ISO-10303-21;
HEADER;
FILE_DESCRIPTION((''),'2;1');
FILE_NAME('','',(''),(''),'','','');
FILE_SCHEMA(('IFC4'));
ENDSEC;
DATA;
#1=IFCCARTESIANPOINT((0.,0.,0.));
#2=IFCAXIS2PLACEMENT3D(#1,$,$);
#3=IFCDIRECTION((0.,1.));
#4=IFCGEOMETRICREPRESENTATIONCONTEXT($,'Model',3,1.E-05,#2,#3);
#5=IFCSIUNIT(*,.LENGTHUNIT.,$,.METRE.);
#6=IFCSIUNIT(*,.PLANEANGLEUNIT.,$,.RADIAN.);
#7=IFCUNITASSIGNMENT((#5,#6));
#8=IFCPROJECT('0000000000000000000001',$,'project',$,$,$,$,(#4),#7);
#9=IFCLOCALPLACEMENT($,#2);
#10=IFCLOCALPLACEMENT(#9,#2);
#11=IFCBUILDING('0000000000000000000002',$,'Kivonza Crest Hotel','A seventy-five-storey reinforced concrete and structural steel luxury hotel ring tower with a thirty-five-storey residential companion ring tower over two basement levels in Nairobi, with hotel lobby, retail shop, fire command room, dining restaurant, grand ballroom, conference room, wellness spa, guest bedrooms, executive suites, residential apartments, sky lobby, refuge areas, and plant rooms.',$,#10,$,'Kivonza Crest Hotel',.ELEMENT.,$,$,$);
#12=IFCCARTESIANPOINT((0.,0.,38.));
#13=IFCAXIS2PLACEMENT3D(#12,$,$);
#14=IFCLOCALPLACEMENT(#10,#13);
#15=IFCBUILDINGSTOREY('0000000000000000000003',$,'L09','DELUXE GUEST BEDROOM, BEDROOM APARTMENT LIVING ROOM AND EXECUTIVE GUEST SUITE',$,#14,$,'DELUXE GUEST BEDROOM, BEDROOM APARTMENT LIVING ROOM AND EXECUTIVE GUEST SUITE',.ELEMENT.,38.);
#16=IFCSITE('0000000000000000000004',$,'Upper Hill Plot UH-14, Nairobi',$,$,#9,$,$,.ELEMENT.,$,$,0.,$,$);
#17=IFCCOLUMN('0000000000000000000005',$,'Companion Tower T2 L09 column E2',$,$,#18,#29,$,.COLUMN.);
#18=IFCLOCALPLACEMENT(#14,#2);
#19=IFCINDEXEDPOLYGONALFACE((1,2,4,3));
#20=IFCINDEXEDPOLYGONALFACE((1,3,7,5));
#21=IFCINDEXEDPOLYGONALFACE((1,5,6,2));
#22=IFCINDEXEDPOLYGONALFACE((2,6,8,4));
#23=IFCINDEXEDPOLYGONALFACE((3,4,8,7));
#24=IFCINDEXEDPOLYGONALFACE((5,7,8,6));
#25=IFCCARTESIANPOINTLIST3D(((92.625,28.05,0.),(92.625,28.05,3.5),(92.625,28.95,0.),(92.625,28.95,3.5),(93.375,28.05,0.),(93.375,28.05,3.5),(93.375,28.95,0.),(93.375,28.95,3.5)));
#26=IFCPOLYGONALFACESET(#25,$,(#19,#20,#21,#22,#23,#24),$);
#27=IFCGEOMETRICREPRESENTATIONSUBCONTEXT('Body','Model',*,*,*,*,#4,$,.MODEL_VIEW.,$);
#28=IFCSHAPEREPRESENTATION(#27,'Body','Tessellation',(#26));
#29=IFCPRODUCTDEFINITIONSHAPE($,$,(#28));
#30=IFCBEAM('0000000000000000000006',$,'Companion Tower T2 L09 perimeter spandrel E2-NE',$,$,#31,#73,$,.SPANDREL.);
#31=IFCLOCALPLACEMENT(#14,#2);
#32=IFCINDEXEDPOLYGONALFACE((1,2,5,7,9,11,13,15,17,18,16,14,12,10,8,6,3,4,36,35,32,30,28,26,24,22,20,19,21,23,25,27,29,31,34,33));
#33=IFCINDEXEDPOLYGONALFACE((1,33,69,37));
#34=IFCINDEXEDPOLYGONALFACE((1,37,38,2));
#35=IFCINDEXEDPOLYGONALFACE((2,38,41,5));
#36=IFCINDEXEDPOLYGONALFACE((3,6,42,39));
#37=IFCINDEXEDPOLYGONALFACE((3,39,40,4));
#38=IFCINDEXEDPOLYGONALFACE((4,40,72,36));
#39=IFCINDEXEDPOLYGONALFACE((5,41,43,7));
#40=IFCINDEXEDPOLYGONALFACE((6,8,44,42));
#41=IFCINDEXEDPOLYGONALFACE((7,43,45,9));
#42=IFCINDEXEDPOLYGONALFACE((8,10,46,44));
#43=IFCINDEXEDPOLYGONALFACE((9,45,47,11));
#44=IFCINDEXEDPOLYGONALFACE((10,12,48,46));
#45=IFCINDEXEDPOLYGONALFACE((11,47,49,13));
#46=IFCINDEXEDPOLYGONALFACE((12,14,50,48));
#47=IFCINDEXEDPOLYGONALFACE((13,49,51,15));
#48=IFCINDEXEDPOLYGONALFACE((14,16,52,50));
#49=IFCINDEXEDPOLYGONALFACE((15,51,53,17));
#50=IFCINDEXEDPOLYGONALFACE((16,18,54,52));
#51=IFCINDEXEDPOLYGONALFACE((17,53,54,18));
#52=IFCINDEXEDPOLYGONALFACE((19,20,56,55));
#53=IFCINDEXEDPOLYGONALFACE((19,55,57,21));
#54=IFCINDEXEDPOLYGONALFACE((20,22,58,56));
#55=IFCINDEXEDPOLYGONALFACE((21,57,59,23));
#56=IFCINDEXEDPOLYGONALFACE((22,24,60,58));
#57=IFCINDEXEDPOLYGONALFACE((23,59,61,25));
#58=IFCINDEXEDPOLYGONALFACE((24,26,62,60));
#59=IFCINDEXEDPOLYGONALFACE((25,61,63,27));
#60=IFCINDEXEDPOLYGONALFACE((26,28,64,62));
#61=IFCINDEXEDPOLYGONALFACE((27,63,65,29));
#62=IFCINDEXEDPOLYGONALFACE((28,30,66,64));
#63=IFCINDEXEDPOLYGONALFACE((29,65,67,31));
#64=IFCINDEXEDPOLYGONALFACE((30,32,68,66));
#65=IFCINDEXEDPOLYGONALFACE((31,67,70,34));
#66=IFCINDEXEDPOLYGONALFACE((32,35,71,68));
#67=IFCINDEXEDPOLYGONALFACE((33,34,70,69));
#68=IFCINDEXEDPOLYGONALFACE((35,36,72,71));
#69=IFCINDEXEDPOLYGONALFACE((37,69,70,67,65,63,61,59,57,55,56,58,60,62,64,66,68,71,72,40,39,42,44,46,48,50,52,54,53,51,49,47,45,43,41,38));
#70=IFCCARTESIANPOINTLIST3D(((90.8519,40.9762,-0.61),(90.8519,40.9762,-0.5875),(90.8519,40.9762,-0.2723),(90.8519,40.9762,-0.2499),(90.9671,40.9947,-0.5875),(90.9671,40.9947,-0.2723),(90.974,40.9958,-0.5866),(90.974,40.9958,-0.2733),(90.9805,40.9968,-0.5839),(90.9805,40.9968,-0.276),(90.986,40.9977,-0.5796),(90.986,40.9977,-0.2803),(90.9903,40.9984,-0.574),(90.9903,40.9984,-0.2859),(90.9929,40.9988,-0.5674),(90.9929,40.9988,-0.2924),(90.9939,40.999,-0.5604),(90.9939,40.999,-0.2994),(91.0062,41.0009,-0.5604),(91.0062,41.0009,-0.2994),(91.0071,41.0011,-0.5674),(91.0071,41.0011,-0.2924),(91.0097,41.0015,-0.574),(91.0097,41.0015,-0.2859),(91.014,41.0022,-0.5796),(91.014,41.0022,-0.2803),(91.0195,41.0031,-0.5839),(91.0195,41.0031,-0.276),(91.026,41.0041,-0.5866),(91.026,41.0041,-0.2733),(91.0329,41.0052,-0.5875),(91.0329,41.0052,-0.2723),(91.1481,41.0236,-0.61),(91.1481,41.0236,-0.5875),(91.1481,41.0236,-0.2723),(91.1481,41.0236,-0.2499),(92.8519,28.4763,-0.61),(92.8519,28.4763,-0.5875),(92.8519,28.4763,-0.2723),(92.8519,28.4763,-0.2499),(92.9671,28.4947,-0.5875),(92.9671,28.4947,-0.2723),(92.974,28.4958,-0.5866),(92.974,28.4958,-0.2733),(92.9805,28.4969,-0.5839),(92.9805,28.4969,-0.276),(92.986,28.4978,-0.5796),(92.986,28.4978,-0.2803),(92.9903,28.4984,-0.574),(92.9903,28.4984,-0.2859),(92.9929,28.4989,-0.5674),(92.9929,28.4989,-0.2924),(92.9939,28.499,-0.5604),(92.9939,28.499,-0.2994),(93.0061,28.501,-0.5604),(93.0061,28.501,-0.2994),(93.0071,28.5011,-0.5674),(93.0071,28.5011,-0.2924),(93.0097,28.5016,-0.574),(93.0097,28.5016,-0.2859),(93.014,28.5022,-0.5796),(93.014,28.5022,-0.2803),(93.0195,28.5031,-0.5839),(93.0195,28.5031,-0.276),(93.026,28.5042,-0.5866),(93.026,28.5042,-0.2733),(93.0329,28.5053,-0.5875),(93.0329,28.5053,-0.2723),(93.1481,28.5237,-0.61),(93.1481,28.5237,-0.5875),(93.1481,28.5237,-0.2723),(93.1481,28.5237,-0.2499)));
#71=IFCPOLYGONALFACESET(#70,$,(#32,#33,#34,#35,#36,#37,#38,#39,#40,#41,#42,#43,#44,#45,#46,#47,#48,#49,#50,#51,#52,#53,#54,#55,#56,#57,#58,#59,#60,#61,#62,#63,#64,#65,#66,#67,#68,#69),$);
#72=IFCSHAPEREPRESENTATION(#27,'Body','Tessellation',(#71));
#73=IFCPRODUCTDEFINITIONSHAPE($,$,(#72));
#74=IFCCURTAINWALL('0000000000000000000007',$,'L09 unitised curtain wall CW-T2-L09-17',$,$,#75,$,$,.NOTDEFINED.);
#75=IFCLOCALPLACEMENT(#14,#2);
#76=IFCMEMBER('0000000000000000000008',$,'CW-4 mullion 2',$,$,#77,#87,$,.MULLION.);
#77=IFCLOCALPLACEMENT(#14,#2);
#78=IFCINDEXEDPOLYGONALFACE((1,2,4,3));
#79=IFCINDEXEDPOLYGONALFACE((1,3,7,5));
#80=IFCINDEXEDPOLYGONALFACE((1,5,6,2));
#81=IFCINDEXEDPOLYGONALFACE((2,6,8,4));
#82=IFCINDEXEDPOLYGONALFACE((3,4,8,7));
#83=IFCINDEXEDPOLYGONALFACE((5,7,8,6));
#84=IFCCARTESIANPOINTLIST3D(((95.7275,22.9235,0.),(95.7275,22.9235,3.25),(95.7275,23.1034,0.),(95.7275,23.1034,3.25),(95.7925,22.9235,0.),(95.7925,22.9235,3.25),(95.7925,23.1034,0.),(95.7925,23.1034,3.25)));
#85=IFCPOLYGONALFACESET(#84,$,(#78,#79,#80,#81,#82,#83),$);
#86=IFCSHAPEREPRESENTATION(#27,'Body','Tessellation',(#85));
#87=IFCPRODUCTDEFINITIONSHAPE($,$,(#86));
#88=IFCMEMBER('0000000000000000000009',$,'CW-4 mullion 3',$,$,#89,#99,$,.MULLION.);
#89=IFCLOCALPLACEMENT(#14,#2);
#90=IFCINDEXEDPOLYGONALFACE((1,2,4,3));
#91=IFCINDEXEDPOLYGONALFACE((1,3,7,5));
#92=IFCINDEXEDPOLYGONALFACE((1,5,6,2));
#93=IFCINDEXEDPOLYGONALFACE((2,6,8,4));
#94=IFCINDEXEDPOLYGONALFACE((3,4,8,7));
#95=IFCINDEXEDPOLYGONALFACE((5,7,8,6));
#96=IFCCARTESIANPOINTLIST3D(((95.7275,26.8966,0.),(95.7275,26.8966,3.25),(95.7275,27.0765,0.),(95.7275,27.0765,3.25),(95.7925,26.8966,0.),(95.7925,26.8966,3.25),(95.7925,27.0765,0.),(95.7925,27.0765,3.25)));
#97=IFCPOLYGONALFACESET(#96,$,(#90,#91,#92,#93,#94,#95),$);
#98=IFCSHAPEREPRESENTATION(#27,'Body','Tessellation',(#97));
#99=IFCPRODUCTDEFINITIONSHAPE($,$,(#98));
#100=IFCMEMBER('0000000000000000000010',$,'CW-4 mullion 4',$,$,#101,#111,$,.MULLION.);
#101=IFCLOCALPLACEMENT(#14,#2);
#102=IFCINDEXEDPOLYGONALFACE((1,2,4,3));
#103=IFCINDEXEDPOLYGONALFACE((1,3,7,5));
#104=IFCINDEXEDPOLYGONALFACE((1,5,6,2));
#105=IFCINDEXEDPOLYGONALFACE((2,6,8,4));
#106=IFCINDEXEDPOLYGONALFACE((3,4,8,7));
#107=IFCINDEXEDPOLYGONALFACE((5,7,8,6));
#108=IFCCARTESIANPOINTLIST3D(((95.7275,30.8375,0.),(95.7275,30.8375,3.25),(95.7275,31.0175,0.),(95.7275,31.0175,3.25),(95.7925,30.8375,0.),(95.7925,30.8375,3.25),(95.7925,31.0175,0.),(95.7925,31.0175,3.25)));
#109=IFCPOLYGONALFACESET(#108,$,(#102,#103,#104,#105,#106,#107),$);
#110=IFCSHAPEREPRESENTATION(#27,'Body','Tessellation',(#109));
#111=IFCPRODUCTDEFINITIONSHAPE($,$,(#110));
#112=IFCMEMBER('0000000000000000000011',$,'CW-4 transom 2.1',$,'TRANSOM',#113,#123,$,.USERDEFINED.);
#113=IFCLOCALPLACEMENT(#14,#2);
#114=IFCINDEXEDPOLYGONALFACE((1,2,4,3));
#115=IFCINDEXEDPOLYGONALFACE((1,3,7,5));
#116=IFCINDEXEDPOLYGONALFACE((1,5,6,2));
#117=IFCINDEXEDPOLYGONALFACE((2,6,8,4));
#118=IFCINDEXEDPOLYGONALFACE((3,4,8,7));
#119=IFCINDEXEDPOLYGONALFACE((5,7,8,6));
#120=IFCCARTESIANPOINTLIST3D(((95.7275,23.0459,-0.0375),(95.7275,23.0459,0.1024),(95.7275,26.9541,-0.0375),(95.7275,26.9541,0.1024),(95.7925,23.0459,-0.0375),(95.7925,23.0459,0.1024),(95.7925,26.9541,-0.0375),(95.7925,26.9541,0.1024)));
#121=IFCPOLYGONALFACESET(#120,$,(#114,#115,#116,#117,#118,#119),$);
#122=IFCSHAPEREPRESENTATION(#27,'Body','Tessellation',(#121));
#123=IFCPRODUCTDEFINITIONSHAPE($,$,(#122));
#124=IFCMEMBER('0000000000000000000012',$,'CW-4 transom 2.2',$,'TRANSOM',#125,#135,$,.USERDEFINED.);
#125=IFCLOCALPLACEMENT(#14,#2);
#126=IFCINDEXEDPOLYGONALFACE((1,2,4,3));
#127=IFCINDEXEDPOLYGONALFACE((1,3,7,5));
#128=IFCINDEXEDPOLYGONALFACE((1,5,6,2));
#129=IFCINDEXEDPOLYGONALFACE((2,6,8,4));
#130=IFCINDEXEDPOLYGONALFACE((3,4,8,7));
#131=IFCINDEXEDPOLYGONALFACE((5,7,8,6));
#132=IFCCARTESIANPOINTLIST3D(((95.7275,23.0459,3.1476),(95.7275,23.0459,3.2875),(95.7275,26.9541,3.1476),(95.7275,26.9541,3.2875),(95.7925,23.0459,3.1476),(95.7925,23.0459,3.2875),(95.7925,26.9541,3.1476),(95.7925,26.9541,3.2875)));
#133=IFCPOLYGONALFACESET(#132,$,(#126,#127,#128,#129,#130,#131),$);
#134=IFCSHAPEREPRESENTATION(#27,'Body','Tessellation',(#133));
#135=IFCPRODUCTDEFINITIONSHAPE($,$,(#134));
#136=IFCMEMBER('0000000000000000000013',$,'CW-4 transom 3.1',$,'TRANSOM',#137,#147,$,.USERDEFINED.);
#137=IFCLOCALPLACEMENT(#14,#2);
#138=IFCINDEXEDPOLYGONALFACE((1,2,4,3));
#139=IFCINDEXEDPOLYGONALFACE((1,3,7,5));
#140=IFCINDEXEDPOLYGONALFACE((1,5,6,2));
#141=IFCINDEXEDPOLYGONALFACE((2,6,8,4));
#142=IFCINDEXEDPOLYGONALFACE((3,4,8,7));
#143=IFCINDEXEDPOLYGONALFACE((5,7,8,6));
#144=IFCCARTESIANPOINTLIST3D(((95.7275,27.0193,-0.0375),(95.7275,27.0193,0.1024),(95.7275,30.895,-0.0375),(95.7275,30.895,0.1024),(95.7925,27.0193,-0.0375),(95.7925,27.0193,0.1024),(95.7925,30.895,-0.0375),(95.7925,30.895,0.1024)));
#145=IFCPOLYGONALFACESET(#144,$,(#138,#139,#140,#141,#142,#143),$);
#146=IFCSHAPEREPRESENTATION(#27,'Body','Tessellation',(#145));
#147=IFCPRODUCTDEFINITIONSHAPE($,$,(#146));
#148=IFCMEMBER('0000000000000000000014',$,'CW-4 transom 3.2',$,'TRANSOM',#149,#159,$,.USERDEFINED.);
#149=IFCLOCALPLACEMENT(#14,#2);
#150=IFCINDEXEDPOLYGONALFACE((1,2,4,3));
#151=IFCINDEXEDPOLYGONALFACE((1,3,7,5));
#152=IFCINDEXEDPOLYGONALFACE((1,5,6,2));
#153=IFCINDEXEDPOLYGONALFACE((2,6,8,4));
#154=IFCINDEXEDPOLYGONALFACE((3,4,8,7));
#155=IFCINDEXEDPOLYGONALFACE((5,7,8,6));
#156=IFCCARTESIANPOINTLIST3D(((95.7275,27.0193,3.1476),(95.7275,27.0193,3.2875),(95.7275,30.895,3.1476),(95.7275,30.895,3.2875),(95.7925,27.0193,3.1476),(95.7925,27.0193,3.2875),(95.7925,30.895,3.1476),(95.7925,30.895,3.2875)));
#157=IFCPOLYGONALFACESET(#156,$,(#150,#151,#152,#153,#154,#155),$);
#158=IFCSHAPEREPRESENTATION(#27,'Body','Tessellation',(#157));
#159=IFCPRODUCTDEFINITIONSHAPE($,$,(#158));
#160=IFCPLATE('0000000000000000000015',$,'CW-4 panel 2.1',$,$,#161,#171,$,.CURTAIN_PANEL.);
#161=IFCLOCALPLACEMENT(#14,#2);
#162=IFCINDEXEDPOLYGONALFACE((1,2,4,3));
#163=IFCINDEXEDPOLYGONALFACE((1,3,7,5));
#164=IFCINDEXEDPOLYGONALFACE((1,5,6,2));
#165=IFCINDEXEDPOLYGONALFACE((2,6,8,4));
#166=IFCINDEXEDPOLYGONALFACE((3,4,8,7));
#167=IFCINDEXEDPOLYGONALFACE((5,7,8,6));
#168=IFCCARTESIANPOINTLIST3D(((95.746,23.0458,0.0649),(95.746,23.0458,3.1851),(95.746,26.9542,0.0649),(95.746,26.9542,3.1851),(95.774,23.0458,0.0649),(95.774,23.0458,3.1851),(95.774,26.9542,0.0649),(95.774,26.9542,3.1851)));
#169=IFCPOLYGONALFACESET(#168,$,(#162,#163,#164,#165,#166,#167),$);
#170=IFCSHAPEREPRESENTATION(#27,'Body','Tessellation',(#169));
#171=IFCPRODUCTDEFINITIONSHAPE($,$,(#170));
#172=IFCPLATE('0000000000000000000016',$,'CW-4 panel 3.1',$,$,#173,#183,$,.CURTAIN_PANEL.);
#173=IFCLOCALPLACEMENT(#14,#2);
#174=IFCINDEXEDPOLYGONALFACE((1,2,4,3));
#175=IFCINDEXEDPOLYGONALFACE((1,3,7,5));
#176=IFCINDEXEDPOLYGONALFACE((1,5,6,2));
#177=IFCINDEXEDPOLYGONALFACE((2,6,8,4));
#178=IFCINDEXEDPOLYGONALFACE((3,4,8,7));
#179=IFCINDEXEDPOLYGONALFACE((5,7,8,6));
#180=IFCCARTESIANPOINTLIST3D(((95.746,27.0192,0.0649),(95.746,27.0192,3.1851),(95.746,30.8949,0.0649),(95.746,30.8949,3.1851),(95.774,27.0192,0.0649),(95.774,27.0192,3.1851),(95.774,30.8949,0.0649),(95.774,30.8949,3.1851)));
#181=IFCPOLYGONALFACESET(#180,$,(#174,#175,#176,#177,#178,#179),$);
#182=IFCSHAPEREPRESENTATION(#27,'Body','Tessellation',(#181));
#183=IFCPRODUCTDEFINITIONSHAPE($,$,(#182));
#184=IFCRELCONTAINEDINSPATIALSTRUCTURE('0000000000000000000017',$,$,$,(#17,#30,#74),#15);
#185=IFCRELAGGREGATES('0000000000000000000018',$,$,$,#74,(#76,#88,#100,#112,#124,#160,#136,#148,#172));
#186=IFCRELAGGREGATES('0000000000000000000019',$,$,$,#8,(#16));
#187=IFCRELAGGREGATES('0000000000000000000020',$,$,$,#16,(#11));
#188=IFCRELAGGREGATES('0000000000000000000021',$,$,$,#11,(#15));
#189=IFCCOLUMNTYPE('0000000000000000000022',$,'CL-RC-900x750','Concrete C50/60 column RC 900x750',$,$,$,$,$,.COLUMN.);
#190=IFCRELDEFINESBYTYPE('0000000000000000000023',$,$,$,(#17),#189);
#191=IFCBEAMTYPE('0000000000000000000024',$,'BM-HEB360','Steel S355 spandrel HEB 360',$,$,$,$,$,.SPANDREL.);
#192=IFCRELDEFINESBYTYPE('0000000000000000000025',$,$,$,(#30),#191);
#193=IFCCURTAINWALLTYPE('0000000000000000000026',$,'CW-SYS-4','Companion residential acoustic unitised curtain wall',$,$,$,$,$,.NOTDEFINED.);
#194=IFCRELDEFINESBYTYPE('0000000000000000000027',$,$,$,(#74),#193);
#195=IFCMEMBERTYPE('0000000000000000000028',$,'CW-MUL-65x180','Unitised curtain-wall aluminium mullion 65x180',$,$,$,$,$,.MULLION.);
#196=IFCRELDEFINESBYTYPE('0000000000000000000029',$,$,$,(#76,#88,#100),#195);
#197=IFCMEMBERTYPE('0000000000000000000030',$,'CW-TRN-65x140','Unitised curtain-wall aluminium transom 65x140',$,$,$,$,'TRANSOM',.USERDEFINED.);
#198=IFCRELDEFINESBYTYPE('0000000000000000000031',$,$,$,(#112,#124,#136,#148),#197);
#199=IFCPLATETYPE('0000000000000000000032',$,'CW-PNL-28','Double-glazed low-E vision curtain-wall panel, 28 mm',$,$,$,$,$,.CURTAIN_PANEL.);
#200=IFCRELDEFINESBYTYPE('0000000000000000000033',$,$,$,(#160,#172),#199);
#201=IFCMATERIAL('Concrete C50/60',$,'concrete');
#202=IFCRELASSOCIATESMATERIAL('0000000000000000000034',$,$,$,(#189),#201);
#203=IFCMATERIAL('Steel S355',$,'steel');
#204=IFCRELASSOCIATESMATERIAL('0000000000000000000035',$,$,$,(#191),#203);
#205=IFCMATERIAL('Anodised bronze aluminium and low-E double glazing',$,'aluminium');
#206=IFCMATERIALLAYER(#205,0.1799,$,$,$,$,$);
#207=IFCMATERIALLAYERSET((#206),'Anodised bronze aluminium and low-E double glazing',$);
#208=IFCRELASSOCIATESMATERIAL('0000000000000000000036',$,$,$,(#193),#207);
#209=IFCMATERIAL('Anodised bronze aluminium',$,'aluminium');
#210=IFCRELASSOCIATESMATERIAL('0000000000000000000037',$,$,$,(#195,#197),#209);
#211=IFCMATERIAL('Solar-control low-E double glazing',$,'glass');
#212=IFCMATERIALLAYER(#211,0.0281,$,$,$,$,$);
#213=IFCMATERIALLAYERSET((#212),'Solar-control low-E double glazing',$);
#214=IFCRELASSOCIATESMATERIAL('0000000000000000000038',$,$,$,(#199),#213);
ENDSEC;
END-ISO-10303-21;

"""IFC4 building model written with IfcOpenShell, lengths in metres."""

from ifc_helpers import new_model, si_unit, direction, frame, origin, origin_2d, place, context, subcontext, project, spatial, rectangle, i_section, extrude, material, layer, layer_set, material_profile, profile_set, type_object, element, aggregate, save


model = new_model("IFC4")

# Units and contexts
model_context = context("Model", 3, precision=1e-05, world=origin(), true_north=direction((0.0, 1.0)))
body_context = subcontext(model_context, "Body", "Model", "MODEL_VIEW")
ifc_project = project(units=[si_unit("LENGTHUNIT", "METRE"), si_unit("PLANEANGLEUNIT", "RADIAN")], contexts=[model_context])

# Site, building, storey
site_placement = place(None, origin())
site = spatial("IfcSite", under=ifc_project, at=site_placement, Name="Upper Hill Plot UH-14, Nairobi", CompositionType="ELEMENT", RefElevation=0.0)
building_placement = place(site_placement, origin())
building = spatial("IfcBuilding", under=site, at=building_placement, Name="Kivonza Crest Hotel", Description="A seventy-five-storey reinforced concrete and structural steel luxury hotel ring tower with a thirty-five-storey residential companion ring tower over two basement levels in Nairobi, with hotel lobby, retail shop, fire command room, dining restaurant, grand ballroom, conference room, wellness spa, guest bedrooms, executive suites, residential apartments, sky lobby, refuge areas, and plant rooms.", LongName="Kivonza Crest Hotel", CompositionType="ELEMENT")
storey_placement = place(building_placement, frame((0.0, 0.0, 38.0)))
storey = spatial("IfcBuildingStorey", under=building, at=storey_placement, Name="L09", Description="DELUXE GUEST BEDROOM, BEDROOM APARTMENT LIVING ROOM AND EXECUTIVE GUEST SUITE", LongName="DELUXE GUEST BEDROOM, BEDROOM APARTMENT LIVING ROOM AND EXECUTIVE GUEST SUITE", CompositionType="ELEMENT", Elevation=38.0)

# Column
ifc_material_1 = material(Name="Concrete C50/60", Category="concrete")
ifc_material_profile_1 = material_profile(ifc_material_1, rectangle(XDim=0.75, YDim=0.8999, at=origin_2d()), Name="RC 900x750")
ifc_profile_set_1 = profile_set([ifc_material_profile_1], Name="Concrete C50/60")
column_type = type_object("IfcColumnType", Name="CL-RC-900x750", Description="Concrete C50/60 column RC 900x750", PredefinedType="COLUMN", material=ifc_profile_set_1)
column_placement = place(storey_placement, frame((93.0, 28.5, 0.0), z_axis=(0.0, 0.0, 1.0), x_axis=(1.0, 0.0, 0.0)))
element("IfcColumn", 1, at=column_placement, inside=storey, type_object=column_type, Name="Companion Tower T2 L09 column E2", PredefinedType="COLUMN", context=body_context, shape_type="SweptSolid", body=[
    extrude(rectangle(XDim=0.75, YDim=0.8999, at=origin_2d()), origin(), (0.0, 0.0, 1.0), 3.5),
])

# Beam
ifc_material_2 = material(Name="Steel S355", Category="steel")
ifc_material_profile_2 = material_profile(ifc_material_2, i_section(OverallWidth=0.3, OverallDepth=0.3601, WebThickness=0.0125, FlangeThickness=0.0225, FilletRadius=0.0271, at=origin_2d()), Name="HEB 360")
ifc_profile_set_2 = profile_set([ifc_material_profile_2], Name="Steel S355")
beam_type = type_object("IfcBeamType", Name="BM-HEB360", Description="Steel S355 spandrel HEB 360", PredefinedType="SPANDREL", material=ifc_profile_set_2)
beam_placement = place(storey_placement, frame((93.0, 28.5, -0.4299), z_axis=(-0.157991, 0.987441, 0.0), x_axis=(-0.987441, -0.157991, 0.0)))
element("IfcBeam", 2, at=beam_placement, inside=storey, type_object=beam_type, Name="Companion Tower T2 L09 perimeter spandrel E2-NE", PredefinedType="SPANDREL", context=body_context, shape_type="SweptSolid", body=[
    extrude(i_section(OverallWidth=0.3, OverallDepth=0.3601, WebThickness=0.0125, FlangeThickness=0.0225, FilletRadius=0.0271, at=origin_2d()), origin(), (0.0, 0.0, 1.0), 12.6589),
])

# Curtain wall, members, plates
ifc_material_3 = material(Name="Anodised bronze aluminium and low-E double glazing", Category="aluminium")
ifc_layer_1 = layer(ifc_material_3, 0.1799)
ifc_layer_set_1 = layer_set([ifc_layer_1], Name="Anodised bronze aluminium and low-E double glazing")
curtain_wall_type = type_object("IfcCurtainWallType", Name="CW-SYS-4", Description="Companion residential acoustic unitised curtain wall", PredefinedType="NOTDEFINED", material=ifc_layer_set_1)
curtain_wall_placement = place(storey_placement, origin())
curtain_wall = element("IfcCurtainWall", 3, at=curtain_wall_placement, inside=storey, type_object=curtain_wall_type, Name="L09 unitised curtain wall CW-T2-L09-17", PredefinedType="NOTDEFINED")
ifc_material_4 = material(Name="Anodised bronze aluminium", Category="aluminium")
ifc_material_profile_3 = material_profile(ifc_material_4, rectangle(XDim=0.0649, YDim=0.1799, at=origin_2d()), Name="CW-M 65x180")
ifc_profile_set_3 = profile_set([ifc_material_profile_3], Name="Anodised bronze aluminium")
member_type_1 = type_object("IfcMemberType", Name="CW-MUL-65x180", Description="Unitised curtain-wall aluminium mullion 65x180", PredefinedType="MULLION", material=ifc_profile_set_3)
member_1_placement = place(storey_placement, frame((95.76, 23.0134, 0.0), z_axis=(0.0, 0.0, 1.0), x_axis=(-1.0, 0.0, 0.0)))
member_1 = element("IfcMember", 4, at=member_1_placement, type_object=member_type_1, Name="CW-4 mullion 2", PredefinedType="MULLION", context=body_context, shape_type="SweptSolid", body=[
    extrude(rectangle(XDim=0.0649, YDim=0.1799, at=origin_2d()), origin(), (0.0, 0.0, 1.0), 3.25),
])
member_2_placement = place(storey_placement, frame((95.76, 26.9866, 0.0), z_axis=(0.0, 0.0, 1.0), x_axis=(-1.0, 0.0, 0.0)))
member_2 = element("IfcMember", 5, at=member_2_placement, type_object=member_type_1, Name="CW-4 mullion 3", PredefinedType="MULLION", context=body_context, shape_type="SweptSolid", body=[
    extrude(rectangle(XDim=0.0649, YDim=0.1799, at=origin_2d()), origin(), (0.0, 0.0, 1.0), 3.25),
])
member_3_placement = place(storey_placement, frame((95.76, 30.9275, 0.0), z_axis=(0.0, 0.0, 1.0), x_axis=(-1.0, 0.0, 0.0)))
member_3 = element("IfcMember", 6, at=member_3_placement, type_object=member_type_1, Name="CW-4 mullion 4", PredefinedType="MULLION", context=body_context, shape_type="SweptSolid", body=[
    extrude(rectangle(XDim=0.0649, YDim=0.1799, at=origin_2d()), origin(), (0.0, 0.0, 1.0), 3.25),
])
ifc_material_profile_4 = material_profile(ifc_material_4, rectangle(XDim=0.0649, YDim=0.1399, at=origin_2d()), Name="CW-T 65x140")
ifc_profile_set_4 = profile_set([ifc_material_profile_4], Name="Anodised bronze aluminium")
member_type_2 = type_object("IfcMemberType", Name="CW-TRN-65x140", Description="Unitised curtain-wall aluminium transom 65x140", ElementType="TRANSOM", PredefinedType="USERDEFINED", material=ifc_profile_set_4)
member_4_placement = place(storey_placement, frame((95.76, 23.0459, 0.0325), z_axis=(0.0, 1.0, 0.0), x_axis=(-1.0, 0.0, 0.0)))
member_4 = element("IfcMember", 7, at=member_4_placement, type_object=member_type_2, Name="CW-4 transom 2.1", ObjectType="TRANSOM", PredefinedType="USERDEFINED", context=body_context, shape_type="SweptSolid", body=[
    extrude(rectangle(XDim=0.0649, YDim=0.1399, at=origin_2d()), origin(), (0.0, 0.0, 1.0), 3.9082),
])
member_5_placement = place(storey_placement, frame((95.76, 23.0459, 3.2175), z_axis=(0.0, 1.0, 0.0), x_axis=(-1.0, 0.0, 0.0)))
member_5 = element("IfcMember", 8, at=member_5_placement, type_object=member_type_2, Name="CW-4 transom 2.2", ObjectType="TRANSOM", PredefinedType="USERDEFINED", context=body_context, shape_type="SweptSolid", body=[
    extrude(rectangle(XDim=0.0649, YDim=0.1399, at=origin_2d()), origin(), (0.0, 0.0, 1.0), 3.9082),
])
member_6_placement = place(storey_placement, frame((95.76, 27.0193, 0.0325), z_axis=(0.0, 1.0, 0.0), x_axis=(-1.0, 0.0, 0.0)))
member_6 = element("IfcMember", 9, at=member_6_placement, type_object=member_type_2, Name="CW-4 transom 3.1", ObjectType="TRANSOM", PredefinedType="USERDEFINED", context=body_context, shape_type="SweptSolid", body=[
    extrude(rectangle(XDim=0.0649, YDim=0.1399, at=origin_2d()), origin(), (0.0, 0.0, 1.0), 3.8757),
])
member_7_placement = place(storey_placement, frame((95.76, 27.0193, 3.2175), z_axis=(0.0, 1.0, 0.0), x_axis=(-1.0, 0.0, 0.0)))
member_7 = element("IfcMember", 10, at=member_7_placement, type_object=member_type_2, Name="CW-4 transom 3.2", ObjectType="TRANSOM", PredefinedType="USERDEFINED", context=body_context, shape_type="SweptSolid", body=[
    extrude(rectangle(XDim=0.0649, YDim=0.1399, at=origin_2d()), origin(), (0.0, 0.0, 1.0), 3.8757),
])
ifc_material_5 = material(Name="Solar-control low-E double glazing", Category="glass")
ifc_layer_2 = layer(ifc_material_5, 0.0281)
ifc_layer_set_2 = layer_set([ifc_layer_2], Name="Solar-control low-E double glazing")
plate_type = type_object("IfcPlateType", Name="CW-PNL-28", Description="Double-glazed low-E vision curtain-wall panel, 28 mm", PredefinedType="CURTAIN_PANEL", material=ifc_layer_set_2)
plate_1_placement = place(storey_placement, frame((95.76, 25.0, 0.0649), z_axis=(0.0, 0.0, 1.0), x_axis=(0.0, 1.0, 0.0)))
plate_1 = element("IfcPlate", 11, at=plate_1_placement, type_object=plate_type, Name="CW-4 panel 2.1", PredefinedType="CURTAIN_PANEL", context=body_context, shape_type="SweptSolid", body=[
    extrude(rectangle(XDim=3.9084, YDim=0.0281, at=origin_2d()), origin(), (0.0, 0.0, 1.0), 3.1201),
])
plate_2_placement = place(storey_placement, frame((95.76, 28.957, 0.0649), z_axis=(0.0, 0.0, 1.0), x_axis=(0.0, 1.0, 0.0)))
plate_2 = element("IfcPlate", 12, at=plate_2_placement, type_object=plate_type, Name="CW-4 panel 3.1", PredefinedType="CURTAIN_PANEL", context=body_context, shape_type="SweptSolid", body=[
    extrude(rectangle(XDim=3.8757, YDim=0.0281, at=origin_2d()), origin(), (0.0, 0.0, 1.0), 3.1201),
])
aggregate(curtain_wall, [member_1, member_2, member_3, member_4, member_5, plate_1, member_6, member_7, plate_2])

save(model, "model.ifc")
